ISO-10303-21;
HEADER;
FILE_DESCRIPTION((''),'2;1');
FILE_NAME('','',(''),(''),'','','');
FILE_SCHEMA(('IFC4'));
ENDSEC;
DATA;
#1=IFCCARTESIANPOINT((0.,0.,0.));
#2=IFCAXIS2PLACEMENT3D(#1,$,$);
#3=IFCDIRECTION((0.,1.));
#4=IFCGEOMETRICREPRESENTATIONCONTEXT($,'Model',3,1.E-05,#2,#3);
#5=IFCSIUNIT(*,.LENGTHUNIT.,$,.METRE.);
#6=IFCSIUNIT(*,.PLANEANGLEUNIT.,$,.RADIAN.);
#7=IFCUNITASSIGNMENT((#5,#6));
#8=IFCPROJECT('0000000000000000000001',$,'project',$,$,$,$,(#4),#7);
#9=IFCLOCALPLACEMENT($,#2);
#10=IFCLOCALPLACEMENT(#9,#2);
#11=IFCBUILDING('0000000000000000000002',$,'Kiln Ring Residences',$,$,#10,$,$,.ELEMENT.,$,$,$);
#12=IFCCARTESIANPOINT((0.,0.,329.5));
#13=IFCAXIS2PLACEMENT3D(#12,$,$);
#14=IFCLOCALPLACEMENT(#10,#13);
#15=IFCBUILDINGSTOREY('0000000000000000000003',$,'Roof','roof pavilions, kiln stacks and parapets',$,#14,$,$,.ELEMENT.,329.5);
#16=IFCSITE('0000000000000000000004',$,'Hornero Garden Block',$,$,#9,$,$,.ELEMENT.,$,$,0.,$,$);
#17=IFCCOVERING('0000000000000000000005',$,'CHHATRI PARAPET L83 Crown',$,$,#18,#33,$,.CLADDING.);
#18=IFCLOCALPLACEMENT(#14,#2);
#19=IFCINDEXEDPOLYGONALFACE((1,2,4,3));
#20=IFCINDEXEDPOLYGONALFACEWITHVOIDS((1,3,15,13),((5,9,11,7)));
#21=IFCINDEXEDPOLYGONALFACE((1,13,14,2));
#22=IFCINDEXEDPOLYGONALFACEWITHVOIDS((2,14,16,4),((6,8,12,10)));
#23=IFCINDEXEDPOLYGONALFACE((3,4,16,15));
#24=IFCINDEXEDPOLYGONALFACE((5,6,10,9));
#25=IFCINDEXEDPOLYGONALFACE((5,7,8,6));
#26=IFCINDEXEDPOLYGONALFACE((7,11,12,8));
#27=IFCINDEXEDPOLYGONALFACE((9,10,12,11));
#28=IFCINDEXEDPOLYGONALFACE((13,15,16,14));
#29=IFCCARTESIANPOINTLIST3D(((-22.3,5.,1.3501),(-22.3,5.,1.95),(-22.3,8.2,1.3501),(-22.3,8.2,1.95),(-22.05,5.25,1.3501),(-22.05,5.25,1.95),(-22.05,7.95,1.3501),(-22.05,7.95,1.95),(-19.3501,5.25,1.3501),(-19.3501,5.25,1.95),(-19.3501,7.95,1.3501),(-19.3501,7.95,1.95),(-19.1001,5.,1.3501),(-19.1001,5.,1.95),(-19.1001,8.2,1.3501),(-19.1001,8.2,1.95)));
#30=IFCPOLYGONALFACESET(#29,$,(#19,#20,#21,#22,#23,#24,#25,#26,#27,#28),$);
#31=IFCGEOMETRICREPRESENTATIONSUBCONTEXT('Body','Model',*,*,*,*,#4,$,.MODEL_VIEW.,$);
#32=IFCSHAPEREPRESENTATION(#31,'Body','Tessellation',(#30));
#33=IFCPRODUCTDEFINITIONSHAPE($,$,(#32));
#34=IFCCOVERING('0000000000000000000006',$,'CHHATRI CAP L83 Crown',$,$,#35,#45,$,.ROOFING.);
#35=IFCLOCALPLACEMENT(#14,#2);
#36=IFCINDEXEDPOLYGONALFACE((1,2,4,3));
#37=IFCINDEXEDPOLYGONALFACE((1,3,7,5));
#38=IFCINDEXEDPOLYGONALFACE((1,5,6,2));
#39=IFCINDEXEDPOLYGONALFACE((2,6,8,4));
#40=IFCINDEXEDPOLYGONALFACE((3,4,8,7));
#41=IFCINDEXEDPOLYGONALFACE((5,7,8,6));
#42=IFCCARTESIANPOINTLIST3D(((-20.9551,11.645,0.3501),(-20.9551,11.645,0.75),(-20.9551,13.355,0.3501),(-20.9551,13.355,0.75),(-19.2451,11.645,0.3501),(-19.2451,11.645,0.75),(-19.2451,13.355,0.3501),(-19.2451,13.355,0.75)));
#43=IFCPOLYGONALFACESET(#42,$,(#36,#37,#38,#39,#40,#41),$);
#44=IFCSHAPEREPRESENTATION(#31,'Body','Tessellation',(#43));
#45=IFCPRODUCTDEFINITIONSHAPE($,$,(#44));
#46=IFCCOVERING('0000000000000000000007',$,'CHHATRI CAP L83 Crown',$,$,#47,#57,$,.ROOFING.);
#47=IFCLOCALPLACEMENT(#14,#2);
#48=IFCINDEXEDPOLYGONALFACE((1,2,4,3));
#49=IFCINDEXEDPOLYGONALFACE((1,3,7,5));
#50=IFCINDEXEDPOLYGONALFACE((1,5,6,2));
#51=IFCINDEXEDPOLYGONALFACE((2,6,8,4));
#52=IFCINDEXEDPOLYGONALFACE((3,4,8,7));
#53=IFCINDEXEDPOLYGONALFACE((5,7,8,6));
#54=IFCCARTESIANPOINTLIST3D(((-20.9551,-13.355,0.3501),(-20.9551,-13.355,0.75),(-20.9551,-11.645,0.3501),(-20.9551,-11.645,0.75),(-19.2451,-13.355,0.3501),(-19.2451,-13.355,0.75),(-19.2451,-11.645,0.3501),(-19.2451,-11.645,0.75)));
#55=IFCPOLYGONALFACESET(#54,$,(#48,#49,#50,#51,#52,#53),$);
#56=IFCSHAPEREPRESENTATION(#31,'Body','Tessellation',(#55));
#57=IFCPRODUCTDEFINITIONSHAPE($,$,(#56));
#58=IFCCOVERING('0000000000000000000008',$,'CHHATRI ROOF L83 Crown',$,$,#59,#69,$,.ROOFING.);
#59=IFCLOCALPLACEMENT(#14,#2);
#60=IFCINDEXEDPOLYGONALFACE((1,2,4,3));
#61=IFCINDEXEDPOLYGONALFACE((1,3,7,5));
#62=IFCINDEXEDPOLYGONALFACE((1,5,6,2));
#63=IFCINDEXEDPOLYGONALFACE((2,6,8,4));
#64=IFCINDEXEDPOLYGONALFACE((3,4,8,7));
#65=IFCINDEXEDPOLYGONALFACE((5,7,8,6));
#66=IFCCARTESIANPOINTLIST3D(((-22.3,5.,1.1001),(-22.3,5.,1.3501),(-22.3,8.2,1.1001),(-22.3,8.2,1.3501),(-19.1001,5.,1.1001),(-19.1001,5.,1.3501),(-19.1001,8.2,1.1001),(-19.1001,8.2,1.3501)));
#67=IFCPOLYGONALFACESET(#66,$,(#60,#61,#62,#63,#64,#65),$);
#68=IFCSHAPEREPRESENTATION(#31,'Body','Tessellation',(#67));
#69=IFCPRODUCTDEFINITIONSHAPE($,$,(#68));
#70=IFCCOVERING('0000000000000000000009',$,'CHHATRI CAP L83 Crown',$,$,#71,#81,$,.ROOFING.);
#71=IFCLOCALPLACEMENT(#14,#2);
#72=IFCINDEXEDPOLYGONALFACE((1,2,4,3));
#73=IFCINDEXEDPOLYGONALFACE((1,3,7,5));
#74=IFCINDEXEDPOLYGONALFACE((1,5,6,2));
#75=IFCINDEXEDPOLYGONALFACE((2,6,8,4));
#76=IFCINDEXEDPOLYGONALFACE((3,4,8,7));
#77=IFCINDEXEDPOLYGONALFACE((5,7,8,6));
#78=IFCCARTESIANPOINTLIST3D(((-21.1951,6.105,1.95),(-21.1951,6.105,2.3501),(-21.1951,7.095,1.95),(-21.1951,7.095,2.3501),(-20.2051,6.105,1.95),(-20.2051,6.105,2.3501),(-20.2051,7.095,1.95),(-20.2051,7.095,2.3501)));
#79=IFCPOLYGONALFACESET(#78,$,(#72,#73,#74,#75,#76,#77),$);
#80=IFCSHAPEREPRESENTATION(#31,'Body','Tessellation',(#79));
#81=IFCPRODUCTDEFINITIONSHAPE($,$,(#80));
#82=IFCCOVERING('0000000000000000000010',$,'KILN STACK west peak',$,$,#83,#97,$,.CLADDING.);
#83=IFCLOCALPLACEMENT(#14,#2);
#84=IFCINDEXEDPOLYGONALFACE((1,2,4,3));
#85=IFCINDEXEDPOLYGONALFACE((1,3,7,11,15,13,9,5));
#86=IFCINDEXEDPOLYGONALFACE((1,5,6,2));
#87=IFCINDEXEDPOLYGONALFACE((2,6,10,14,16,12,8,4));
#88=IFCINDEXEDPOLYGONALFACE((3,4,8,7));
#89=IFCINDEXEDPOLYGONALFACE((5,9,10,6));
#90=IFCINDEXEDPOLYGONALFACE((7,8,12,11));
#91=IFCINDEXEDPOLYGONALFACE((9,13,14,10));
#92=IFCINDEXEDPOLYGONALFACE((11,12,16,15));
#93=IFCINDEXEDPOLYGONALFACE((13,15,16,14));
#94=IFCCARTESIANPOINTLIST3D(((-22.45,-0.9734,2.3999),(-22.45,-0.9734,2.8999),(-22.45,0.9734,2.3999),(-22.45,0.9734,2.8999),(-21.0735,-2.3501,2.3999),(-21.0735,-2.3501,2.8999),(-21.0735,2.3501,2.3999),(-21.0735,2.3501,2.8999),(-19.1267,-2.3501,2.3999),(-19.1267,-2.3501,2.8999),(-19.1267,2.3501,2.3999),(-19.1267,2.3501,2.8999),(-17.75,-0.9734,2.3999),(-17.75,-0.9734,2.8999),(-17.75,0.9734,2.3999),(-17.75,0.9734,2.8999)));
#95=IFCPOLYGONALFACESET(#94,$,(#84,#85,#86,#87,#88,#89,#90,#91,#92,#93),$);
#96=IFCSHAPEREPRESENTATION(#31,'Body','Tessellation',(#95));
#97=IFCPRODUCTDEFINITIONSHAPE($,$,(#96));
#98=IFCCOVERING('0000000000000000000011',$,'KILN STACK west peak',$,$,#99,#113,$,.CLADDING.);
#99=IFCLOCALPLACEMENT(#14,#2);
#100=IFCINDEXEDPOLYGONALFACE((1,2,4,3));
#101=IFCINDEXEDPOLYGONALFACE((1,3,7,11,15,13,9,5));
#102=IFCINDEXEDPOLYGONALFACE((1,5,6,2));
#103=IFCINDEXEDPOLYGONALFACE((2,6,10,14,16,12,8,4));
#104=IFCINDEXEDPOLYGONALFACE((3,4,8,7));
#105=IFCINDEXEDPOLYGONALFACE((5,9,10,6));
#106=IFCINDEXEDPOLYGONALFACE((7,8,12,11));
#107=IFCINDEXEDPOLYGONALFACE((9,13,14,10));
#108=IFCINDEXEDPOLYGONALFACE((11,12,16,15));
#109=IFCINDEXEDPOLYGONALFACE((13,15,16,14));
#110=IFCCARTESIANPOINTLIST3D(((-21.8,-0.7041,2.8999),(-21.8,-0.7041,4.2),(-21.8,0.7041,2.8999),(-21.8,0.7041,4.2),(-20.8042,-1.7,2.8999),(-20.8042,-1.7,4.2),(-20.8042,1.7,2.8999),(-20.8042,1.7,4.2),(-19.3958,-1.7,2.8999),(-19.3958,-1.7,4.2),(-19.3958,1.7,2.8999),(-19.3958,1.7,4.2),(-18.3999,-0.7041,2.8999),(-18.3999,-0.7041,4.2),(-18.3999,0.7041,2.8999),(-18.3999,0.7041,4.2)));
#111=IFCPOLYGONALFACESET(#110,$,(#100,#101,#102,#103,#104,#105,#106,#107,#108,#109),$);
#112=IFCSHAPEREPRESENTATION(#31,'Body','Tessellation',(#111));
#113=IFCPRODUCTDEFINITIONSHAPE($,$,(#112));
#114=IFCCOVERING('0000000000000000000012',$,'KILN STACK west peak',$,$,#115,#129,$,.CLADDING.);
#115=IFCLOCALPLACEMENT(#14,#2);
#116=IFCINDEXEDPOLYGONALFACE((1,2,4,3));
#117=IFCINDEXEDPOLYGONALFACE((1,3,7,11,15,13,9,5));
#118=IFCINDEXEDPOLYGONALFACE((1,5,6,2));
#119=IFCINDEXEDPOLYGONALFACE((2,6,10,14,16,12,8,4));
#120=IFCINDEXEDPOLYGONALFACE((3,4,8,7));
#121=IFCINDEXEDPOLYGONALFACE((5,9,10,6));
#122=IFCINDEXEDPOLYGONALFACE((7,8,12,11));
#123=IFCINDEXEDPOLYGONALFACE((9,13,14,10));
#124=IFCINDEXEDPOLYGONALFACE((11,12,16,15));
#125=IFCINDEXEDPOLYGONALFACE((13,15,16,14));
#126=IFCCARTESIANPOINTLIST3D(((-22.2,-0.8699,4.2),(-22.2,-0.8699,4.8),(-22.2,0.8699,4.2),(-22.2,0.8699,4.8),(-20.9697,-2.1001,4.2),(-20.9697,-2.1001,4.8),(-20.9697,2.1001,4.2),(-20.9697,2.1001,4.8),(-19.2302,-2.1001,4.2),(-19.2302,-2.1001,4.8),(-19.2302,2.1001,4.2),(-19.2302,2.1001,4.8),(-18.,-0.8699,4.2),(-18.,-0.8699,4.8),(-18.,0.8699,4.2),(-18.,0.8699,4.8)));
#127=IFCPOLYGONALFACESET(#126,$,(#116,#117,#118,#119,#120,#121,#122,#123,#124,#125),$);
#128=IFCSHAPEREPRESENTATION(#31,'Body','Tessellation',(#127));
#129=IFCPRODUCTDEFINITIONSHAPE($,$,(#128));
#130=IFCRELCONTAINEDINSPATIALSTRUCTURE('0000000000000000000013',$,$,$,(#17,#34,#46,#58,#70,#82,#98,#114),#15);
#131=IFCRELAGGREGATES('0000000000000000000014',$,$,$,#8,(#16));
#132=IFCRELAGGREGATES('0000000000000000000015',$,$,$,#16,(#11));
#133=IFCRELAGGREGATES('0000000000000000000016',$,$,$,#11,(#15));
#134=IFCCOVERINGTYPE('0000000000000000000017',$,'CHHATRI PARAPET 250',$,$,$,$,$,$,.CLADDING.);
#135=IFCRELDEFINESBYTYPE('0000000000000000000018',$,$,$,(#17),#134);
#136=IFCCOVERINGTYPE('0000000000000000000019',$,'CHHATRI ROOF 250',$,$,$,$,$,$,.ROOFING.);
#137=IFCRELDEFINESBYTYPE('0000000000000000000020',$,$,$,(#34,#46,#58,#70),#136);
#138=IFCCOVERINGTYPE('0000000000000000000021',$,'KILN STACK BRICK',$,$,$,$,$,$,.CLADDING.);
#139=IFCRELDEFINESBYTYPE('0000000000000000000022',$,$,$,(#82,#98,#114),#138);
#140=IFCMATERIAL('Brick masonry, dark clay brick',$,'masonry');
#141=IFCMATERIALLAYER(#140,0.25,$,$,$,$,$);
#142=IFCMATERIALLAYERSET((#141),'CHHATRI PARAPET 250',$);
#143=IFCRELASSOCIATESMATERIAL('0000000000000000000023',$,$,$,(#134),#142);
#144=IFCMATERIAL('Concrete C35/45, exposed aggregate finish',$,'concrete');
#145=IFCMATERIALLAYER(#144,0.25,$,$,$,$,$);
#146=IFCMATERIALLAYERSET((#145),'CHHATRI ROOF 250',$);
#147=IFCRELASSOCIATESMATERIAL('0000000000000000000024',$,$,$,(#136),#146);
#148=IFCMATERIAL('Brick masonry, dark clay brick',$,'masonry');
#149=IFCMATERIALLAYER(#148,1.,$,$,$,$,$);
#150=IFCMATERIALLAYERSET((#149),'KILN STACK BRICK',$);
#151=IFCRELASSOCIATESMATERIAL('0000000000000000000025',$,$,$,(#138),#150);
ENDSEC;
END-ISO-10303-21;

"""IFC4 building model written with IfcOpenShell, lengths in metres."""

from ifc_helpers import new_model, si_unit, direction, frame, origin, place, context, subcontext, project, spatial, polyline, outline, extrude, material, layer, layer_set, type_object, element, save


model = new_model("IFC4")

# Units and contexts
model_context = context("Model", 3, precision=1e-05, world=origin(), true_north=direction((0.0, 1.0)))
body_context = subcontext(model_context, "Body", "Model", "MODEL_VIEW")
ifc_project = project(units=[si_unit("LENGTHUNIT", "METRE"), si_unit("PLANEANGLEUNIT", "RADIAN")], contexts=[model_context])

# Site, building, storey
site_placement = place(None, origin())
site = spatial("IfcSite", under=ifc_project, at=site_placement, Name="Hornero Garden Block", CompositionType="ELEMENT", RefElevation=0.0)
building_placement = place(site_placement, origin())
building = spatial("IfcBuilding", under=site, at=building_placement, Name="Kiln Ring Residences", CompositionType="ELEMENT")
storey_placement = place(building_placement, frame((0.0, 0.0, 329.5)))
storey = spatial("IfcBuildingStorey", under=building, at=storey_placement, Name="Roof", Description="roof pavilions, kiln stacks and parapets", CompositionType="ELEMENT", Elevation=329.5)

# Coverings
ifc_material_1 = material(Name="Brick masonry, dark clay brick", Category="masonry")
ifc_layer_1 = layer(ifc_material_1, 0.25)
ifc_layer_set_1 = layer_set([ifc_layer_1], Name="CHHATRI PARAPET 250")
covering_type_1 = type_object("IfcCoveringType", Name="CHHATRI PARAPET 250", PredefinedType="CLADDING", material=ifc_layer_set_1)
covering_1_placement = place(storey_placement, frame((0.0, 0.0, 1.3501)))
element("IfcCovering", 1, at=covering_1_placement, inside=storey, type_object=covering_type_1, Name="CHHATRI PARAPET L83 Crown", PredefinedType="CLADDING", context=body_context, shape_type="SweptSolid", body=[
    extrude(outline(polyline([(-22.3, 5.0), (-19.1001, 5.0), (-19.1001, 8.2), (-22.3, 8.2), (-22.3, 5.0)]), holes=[polyline([(-19.3501, 7.95), (-19.3501, 5.25), (-22.05, 5.25), (-22.05, 7.95), (-19.3501, 7.95)])]), origin(), (0.0, 0.0, 1.0), 0.5999),
])
ifc_material_2 = material(Name="Concrete C35/45, exposed aggregate finish", Category="concrete")
ifc_layer_2 = layer(ifc_material_2, 0.25)
ifc_layer_set_2 = layer_set([ifc_layer_2], Name="CHHATRI ROOF 250")
covering_type_2 = type_object("IfcCoveringType", Name="CHHATRI ROOF 250", PredefinedType="ROOFING", material=ifc_layer_set_2)
placement = place(storey_placement, frame((0.0, 0.0, 0.3501)))
element("IfcCovering", 2, at=placement, inside=storey, type_object=covering_type_2, Name="CHHATRI CAP L83 Crown", PredefinedType="ROOFING", context=body_context, shape_type="SweptSolid", body=[
    extrude(outline(polyline([(-19.2451, 11.645), (-19.2451, 13.355), (-20.9551, 13.355), (-20.9551, 11.645), (-19.2451, 11.645)])), origin(), (0.0, 0.0, 1.0), 0.3999),
])
element("IfcCovering", 3, at=placement, inside=storey, type_object=covering_type_2, Name="CHHATRI CAP L83 Crown", PredefinedType="ROOFING", context=body_context, shape_type="SweptSolid", body=[
    extrude(outline(polyline([(-19.2451, -13.355), (-19.2451, -11.645), (-20.9551, -11.645), (-20.9551, -13.355), (-19.2451, -13.355)])), origin(), (0.0, 0.0, 1.0), 0.3999),
])
covering_2_placement = place(storey_placement, frame((0.0, 0.0, 1.1001)))
element("IfcCovering", 4, at=covering_2_placement, inside=storey, type_object=covering_type_2, Name="CHHATRI ROOF L83 Crown", PredefinedType="ROOFING", context=body_context, shape_type="SweptSolid", body=[
    extrude(outline(polyline([(-19.1001, 5.0), (-19.1001, 8.2), (-22.3, 8.2), (-22.3, 5.0), (-19.1001, 5.0)])), origin(), (0.0, 0.0, 1.0), 0.25),
])
covering_3_placement = place(storey_placement, frame((0.0, 0.0, 1.95)))
element("IfcCovering", 5, at=covering_3_placement, inside=storey, type_object=covering_type_2, Name="CHHATRI CAP L83 Crown", PredefinedType="ROOFING", context=body_context, shape_type="SweptSolid", body=[
    extrude(outline(polyline([(-20.2051, 6.105), (-20.2051, 7.095), (-21.1951, 7.095), (-21.1951, 6.105), (-20.2051, 6.105)])), origin(), (0.0, 0.0, 1.0), 0.4001),
])
ifc_material_3 = material(Name="Brick masonry, dark clay brick", Category="masonry")
ifc_layer_3 = layer(ifc_material_3, 1.0)
ifc_layer_set_3 = layer_set([ifc_layer_3], Name="KILN STACK BRICK")
covering_type_3 = type_object("IfcCoveringType", Name="KILN STACK BRICK", PredefinedType="CLADDING", material=ifc_layer_set_3)
covering_4_placement = place(storey_placement, frame((0.0, 0.0, 2.3999)))
element("IfcCovering", 6, at=covering_4_placement, inside=storey, type_object=covering_type_3, Name="KILN STACK west peak", PredefinedType="CLADDING", context=body_context, shape_type="SweptSolid", body=[
    extrude(outline(polyline([(-17.75, 0.9734), (-19.1267, 2.3501), (-21.0735, 2.3501), (-22.45, 0.9734), (-22.45, -0.9734), (-21.0735, -2.3501), (-19.1267, -2.3501), (-17.75, -0.9734), (-17.75, 0.9734)])), origin(), (0.0, 0.0, 1.0), 0.5),
])
covering_5_placement = place(storey_placement, frame((0.0, 0.0, 2.8999)))
element("IfcCovering", 7, at=covering_5_placement, inside=storey, type_object=covering_type_3, Name="KILN STACK west peak", PredefinedType="CLADDING", context=body_context, shape_type="SweptSolid", body=[
    extrude(outline(polyline([(-18.3999, 0.7041), (-19.3958, 1.7), (-20.8042, 1.7), (-21.8, 0.7041), (-21.8, -0.7041), (-20.8042, -1.7), (-19.3958, -1.7), (-18.3999, -0.7041), (-18.3999, 0.7041)])), origin(), (0.0, 0.0, 1.0), 1.3),
])
covering_6_placement = place(storey_placement, frame((0.0, 0.0, 4.2)))
element("IfcCovering", 8, at=covering_6_placement, inside=storey, type_object=covering_type_3, Name="KILN STACK west peak", PredefinedType="CLADDING", context=body_context, shape_type="SweptSolid", body=[
    extrude(outline(polyline([(-18.0, 0.8699), (-19.2302, 2.1001), (-20.9697, 2.1001), (-22.2, 0.8699), (-22.2, -0.8699), (-20.9697, -2.1001), (-19.2302, -2.1001), (-18.0, -0.8699), (-18.0, 0.8699)])), origin(), (0.0, 0.0, 1.0), 0.6001),
])

save(model, "model.ifc")
